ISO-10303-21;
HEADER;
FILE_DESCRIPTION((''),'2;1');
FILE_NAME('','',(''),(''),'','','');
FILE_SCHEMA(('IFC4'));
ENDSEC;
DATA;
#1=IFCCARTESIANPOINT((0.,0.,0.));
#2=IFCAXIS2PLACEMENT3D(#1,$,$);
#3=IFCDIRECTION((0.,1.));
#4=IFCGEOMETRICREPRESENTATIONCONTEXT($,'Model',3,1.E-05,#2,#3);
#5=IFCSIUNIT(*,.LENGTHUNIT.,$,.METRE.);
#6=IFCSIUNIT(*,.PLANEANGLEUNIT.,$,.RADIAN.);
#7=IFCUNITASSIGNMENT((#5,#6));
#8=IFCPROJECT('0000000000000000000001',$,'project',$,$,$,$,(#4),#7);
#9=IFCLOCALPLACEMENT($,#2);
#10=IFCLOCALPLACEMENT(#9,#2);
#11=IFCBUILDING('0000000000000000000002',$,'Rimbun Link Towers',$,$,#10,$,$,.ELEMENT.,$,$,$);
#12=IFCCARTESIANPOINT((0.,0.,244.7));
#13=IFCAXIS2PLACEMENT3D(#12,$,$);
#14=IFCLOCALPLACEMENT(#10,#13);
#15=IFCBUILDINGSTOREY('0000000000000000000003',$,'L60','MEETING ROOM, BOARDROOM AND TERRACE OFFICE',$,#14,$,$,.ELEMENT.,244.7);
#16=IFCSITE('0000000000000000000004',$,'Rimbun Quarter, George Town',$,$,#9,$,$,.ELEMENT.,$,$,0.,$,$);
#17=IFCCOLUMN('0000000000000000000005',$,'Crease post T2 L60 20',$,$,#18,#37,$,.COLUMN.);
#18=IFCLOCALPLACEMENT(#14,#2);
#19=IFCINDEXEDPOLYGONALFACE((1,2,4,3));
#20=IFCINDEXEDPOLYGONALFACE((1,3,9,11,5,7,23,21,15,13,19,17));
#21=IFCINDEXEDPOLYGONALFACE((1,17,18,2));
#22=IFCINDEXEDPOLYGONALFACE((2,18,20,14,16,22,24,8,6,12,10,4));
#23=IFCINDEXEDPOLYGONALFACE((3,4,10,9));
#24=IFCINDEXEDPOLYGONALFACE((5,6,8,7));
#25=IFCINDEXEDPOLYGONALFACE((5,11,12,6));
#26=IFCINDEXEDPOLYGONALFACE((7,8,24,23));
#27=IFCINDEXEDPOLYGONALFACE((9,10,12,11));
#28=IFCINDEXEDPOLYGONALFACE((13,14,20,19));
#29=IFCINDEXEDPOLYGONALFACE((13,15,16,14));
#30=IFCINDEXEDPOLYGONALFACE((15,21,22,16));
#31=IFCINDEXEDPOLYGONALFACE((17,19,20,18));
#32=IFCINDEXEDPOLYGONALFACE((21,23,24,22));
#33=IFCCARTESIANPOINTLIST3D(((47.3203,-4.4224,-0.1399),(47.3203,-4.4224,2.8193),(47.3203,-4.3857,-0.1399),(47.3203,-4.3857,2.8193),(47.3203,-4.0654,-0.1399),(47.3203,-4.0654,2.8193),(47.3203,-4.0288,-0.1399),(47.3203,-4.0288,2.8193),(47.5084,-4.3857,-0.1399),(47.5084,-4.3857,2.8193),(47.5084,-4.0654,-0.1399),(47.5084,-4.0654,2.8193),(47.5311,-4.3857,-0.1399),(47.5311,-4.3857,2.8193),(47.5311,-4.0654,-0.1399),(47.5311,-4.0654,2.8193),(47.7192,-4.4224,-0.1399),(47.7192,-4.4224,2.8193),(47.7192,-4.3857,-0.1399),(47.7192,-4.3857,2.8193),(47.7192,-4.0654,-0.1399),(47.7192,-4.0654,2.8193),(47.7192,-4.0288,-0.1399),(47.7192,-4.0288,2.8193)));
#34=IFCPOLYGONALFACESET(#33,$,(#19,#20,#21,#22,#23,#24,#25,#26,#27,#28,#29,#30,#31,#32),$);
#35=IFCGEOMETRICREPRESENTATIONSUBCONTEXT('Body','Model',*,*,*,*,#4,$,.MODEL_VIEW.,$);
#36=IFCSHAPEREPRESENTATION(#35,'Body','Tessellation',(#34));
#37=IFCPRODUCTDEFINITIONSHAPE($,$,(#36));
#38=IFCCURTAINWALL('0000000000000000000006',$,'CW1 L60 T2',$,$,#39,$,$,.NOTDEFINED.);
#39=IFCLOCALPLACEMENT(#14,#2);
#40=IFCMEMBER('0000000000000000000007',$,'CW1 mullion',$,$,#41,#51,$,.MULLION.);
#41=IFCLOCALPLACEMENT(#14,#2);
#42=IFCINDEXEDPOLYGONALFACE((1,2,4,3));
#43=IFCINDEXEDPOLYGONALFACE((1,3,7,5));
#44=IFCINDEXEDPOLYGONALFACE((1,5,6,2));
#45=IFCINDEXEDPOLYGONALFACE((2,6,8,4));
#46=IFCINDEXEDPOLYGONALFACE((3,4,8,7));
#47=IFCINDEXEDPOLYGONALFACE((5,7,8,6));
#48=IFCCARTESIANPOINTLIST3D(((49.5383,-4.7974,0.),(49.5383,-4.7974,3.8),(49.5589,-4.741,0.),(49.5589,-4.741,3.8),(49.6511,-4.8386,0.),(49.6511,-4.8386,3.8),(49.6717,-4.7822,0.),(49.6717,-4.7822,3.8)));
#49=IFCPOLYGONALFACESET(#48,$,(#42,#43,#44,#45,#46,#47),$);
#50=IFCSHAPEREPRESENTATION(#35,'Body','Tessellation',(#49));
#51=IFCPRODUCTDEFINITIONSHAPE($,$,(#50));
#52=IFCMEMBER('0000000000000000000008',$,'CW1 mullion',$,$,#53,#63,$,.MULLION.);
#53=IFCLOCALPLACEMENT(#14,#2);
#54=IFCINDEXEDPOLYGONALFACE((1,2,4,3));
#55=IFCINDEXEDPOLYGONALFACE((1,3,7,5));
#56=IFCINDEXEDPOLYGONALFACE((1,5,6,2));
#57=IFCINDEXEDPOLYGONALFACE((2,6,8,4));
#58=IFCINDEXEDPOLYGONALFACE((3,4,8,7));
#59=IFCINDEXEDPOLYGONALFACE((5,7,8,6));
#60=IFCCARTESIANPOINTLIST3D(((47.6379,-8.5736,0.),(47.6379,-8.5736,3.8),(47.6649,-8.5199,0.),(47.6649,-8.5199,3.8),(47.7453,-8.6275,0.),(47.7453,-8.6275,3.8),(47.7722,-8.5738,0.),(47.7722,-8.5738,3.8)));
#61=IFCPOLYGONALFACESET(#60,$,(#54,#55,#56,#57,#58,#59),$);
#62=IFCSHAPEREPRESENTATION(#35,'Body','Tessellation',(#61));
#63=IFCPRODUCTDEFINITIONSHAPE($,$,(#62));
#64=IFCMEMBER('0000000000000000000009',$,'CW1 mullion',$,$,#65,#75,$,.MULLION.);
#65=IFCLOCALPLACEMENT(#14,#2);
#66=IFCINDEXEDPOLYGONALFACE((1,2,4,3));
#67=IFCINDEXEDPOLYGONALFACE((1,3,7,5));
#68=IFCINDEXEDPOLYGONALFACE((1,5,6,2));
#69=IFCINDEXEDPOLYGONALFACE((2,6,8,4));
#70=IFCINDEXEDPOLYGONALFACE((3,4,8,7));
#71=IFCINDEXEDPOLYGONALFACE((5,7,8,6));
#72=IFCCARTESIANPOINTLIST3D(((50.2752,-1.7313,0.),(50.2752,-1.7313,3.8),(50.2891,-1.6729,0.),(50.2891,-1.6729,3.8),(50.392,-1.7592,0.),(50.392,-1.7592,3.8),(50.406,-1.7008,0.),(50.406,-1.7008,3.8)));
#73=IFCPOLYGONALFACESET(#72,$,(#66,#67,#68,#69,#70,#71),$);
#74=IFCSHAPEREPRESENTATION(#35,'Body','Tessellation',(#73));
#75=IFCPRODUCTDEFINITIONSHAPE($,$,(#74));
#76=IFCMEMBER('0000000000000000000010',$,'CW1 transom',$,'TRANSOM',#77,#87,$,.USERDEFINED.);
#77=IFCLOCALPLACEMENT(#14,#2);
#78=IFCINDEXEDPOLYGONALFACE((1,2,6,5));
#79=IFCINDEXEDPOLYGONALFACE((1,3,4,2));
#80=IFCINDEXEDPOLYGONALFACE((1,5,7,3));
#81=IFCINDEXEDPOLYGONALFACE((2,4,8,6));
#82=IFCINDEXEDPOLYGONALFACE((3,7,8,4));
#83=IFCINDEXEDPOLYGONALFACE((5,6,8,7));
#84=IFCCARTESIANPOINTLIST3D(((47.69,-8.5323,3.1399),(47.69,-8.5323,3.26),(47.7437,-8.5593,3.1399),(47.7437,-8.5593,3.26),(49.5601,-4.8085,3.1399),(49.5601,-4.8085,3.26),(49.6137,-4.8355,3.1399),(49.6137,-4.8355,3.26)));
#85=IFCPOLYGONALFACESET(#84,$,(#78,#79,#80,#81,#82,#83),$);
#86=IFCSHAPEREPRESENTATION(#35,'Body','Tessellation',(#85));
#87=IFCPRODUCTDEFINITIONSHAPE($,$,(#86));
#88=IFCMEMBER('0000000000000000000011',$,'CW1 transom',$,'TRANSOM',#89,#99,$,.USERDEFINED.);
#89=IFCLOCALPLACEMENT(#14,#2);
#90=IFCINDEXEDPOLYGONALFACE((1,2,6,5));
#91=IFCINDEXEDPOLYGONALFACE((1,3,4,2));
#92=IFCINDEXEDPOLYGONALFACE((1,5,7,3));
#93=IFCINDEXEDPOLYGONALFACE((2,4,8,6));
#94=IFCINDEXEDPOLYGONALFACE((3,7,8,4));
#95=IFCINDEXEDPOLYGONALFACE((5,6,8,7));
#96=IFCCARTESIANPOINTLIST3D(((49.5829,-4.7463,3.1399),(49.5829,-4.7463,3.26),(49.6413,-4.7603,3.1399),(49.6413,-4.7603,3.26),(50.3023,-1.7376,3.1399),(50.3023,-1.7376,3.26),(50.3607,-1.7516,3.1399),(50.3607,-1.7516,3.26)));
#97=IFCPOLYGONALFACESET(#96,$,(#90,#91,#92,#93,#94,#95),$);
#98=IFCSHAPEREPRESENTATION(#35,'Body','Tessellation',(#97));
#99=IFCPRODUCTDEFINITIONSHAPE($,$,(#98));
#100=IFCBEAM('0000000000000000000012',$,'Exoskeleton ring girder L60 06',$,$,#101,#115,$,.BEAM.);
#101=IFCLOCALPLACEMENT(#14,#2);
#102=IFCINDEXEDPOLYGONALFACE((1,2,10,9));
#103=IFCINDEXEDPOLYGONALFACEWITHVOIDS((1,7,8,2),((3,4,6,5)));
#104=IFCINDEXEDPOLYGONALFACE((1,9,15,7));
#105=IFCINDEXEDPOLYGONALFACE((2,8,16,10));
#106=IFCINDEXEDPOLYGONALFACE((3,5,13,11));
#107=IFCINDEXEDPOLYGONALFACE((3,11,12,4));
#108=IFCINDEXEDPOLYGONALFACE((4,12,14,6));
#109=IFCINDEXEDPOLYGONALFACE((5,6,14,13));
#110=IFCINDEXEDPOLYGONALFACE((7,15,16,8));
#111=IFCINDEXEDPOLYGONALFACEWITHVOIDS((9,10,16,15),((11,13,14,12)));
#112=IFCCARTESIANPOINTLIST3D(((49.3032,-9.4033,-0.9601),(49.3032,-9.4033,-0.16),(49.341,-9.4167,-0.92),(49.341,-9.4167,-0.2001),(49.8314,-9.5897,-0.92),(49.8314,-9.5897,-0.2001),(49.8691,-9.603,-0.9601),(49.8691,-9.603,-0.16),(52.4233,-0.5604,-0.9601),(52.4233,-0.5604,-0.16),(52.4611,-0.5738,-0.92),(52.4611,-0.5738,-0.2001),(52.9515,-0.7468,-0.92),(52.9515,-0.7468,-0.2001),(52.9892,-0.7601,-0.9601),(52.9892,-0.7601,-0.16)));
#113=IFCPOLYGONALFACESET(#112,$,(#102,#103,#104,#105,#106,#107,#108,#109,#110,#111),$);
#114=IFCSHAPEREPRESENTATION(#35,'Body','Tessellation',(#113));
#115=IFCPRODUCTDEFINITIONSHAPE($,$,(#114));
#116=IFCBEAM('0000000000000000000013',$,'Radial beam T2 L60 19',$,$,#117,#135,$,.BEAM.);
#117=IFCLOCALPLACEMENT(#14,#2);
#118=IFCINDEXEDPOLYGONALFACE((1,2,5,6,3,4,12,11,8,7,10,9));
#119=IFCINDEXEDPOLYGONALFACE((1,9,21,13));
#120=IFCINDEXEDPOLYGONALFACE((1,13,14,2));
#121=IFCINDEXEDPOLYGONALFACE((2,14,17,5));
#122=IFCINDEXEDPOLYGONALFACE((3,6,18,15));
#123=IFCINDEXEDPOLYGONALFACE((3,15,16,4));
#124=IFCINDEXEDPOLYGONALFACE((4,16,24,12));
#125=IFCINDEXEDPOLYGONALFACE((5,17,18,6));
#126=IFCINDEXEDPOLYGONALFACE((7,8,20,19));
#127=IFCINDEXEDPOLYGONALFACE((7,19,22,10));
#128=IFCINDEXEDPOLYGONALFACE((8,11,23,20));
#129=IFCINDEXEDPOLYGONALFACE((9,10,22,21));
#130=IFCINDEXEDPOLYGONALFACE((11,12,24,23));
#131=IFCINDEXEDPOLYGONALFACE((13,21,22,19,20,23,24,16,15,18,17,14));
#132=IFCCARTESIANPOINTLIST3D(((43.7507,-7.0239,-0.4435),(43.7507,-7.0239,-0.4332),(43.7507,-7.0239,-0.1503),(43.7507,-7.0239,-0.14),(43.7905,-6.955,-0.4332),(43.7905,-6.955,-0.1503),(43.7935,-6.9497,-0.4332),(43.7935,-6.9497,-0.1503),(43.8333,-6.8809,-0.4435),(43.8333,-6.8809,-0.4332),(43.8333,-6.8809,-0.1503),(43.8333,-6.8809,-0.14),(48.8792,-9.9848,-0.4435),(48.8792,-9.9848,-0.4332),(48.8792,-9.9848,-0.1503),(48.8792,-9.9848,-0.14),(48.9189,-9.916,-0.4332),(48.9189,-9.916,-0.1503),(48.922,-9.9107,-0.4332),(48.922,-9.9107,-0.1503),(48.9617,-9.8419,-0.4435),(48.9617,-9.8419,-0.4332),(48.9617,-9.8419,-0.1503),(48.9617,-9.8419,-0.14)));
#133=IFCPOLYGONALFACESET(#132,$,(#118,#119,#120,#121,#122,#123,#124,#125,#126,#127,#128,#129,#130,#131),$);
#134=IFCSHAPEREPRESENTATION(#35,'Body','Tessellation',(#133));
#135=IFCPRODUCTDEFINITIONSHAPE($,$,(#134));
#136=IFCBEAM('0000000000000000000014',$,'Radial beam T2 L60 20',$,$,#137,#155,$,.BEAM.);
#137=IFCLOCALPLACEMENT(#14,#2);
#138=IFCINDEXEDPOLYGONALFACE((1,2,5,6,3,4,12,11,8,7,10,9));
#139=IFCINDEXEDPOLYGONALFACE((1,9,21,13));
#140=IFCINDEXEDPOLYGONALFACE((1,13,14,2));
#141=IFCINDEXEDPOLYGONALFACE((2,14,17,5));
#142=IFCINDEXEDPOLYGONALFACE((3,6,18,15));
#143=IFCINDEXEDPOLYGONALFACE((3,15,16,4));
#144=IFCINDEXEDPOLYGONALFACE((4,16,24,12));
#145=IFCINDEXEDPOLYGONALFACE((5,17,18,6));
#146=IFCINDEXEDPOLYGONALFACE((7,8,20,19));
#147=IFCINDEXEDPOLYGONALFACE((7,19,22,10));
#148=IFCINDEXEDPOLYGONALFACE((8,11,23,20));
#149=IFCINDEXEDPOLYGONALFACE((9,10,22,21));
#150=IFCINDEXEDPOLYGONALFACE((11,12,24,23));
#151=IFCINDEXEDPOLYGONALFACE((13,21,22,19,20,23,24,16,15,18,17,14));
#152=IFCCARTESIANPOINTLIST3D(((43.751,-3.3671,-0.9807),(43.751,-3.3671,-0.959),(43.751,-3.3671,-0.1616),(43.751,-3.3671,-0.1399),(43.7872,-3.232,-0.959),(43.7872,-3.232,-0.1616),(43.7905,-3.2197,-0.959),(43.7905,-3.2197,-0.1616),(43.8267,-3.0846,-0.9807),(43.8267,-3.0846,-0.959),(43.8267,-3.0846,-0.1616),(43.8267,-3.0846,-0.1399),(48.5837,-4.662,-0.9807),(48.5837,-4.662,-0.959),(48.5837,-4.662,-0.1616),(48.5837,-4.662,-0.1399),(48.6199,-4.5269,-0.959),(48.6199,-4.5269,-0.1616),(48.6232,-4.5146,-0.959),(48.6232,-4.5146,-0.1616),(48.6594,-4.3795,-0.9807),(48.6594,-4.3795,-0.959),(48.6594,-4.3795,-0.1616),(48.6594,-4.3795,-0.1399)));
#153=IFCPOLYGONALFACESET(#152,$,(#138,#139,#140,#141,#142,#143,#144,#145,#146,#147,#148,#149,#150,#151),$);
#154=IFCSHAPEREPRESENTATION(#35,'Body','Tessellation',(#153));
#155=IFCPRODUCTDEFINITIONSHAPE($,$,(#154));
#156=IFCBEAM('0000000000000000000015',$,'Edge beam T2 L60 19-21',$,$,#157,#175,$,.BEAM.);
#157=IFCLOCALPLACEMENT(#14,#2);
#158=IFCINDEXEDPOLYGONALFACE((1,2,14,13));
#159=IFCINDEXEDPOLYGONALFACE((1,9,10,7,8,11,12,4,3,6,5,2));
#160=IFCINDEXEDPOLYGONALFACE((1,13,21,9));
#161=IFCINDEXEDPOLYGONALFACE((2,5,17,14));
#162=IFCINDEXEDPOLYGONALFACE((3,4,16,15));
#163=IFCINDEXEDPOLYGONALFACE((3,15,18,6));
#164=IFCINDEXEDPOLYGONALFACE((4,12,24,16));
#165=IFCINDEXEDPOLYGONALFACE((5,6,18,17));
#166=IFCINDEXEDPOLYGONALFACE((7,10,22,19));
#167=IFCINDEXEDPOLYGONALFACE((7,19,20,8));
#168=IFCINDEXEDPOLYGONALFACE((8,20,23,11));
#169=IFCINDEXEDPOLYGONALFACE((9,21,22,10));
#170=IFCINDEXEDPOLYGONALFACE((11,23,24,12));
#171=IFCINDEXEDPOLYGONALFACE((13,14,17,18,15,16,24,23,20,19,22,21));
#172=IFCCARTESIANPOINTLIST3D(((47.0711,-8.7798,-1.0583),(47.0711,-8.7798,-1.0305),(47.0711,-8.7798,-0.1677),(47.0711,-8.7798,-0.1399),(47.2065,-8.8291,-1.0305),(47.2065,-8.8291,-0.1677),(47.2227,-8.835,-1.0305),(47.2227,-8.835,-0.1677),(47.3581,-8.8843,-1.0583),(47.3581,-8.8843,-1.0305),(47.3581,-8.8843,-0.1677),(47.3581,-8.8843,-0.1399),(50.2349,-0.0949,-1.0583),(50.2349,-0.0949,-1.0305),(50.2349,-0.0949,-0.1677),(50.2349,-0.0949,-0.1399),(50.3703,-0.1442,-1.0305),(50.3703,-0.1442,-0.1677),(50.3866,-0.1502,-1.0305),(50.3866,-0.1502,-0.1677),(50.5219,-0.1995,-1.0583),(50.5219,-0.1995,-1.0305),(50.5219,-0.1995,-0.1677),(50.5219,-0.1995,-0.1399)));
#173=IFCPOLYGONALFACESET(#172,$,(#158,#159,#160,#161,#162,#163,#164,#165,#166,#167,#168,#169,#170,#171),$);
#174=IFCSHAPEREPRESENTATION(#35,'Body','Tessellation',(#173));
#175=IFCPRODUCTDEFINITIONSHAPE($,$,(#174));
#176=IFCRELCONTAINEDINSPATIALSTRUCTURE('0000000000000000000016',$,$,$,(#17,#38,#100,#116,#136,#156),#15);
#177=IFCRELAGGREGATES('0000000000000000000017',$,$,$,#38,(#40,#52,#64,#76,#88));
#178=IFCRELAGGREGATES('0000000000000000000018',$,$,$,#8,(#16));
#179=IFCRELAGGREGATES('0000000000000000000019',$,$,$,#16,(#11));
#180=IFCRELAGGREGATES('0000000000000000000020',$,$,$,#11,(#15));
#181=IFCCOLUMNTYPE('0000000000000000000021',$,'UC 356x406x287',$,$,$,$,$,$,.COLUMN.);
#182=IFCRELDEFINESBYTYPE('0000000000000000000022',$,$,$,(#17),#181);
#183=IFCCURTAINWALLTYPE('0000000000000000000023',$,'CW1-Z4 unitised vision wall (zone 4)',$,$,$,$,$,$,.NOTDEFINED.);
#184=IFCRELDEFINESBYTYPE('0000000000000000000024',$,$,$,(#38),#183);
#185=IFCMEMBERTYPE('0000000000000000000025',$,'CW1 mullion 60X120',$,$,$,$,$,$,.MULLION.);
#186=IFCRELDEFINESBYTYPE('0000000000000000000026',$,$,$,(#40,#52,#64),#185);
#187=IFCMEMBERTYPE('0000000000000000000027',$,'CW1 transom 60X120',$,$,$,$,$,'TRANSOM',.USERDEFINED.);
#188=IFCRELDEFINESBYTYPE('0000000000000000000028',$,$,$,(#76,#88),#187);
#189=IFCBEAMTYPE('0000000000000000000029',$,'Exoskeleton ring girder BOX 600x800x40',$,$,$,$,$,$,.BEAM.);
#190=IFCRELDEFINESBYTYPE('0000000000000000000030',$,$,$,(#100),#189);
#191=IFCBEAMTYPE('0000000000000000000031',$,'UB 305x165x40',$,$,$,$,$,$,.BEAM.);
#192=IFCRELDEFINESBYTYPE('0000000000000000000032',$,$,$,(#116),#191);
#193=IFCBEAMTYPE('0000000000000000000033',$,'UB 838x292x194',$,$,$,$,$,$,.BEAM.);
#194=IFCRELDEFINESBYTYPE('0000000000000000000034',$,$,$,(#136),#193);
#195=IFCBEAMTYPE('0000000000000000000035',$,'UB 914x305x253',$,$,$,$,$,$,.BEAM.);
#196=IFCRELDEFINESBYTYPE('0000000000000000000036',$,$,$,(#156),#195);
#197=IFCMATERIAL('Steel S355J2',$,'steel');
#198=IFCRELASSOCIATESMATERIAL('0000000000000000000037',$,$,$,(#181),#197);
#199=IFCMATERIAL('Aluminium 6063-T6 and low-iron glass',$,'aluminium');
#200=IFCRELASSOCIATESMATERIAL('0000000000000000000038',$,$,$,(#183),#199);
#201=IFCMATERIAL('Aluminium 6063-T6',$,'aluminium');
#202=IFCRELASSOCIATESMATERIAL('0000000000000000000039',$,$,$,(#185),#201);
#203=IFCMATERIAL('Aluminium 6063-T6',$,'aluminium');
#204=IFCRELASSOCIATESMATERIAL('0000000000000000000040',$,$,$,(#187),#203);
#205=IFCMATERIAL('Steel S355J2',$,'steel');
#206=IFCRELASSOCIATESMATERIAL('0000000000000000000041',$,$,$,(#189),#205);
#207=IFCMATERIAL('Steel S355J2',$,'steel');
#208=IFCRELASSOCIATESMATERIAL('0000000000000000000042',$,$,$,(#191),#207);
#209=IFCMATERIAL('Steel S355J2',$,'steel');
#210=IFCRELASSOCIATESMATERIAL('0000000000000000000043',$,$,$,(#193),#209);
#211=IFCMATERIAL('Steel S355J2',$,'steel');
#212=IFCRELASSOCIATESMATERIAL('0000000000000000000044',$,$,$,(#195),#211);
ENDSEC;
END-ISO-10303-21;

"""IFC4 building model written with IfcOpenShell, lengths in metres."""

from ifc_helpers import new_model, si_unit, direction, frame, origin, origin_2d, place, context, subcontext, project, spatial, rectangle, hollow_rectangle, i_section, extrude, material, material_profile, profile_set, type_object, element, aggregate, save


model = new_model("IFC4")

# Units and contexts
model_context = context("Model", 3, precision=1e-05, world=origin(), true_north=direction((0.0, 1.0)))
body_context = subcontext(model_context, "Body", "Model", "MODEL_VIEW")
ifc_project = project(units=[si_unit("LENGTHUNIT", "METRE"), si_unit("PLANEANGLEUNIT", "RADIAN")], contexts=[model_context])

# Site, building, storey
site_placement = place(None, origin())
site = spatial("IfcSite", under=ifc_project, at=site_placement, Name="Rimbun Quarter, George Town", CompositionType="ELEMENT", RefElevation=0.0)
building_placement = place(site_placement, origin())
building = spatial("IfcBuilding", under=site, at=building_placement, Name="Rimbun Link Towers", CompositionType="ELEMENT")
storey_placement = place(building_placement, frame((0.0, 0.0, 244.7)))
storey = spatial("IfcBuildingStorey", under=building, at=storey_placement, Name="L60", Description="MEETING ROOM, BOARDROOM AND TERRACE OFFICE", CompositionType="ELEMENT", Elevation=244.7)

# Column
ifc_material_1 = material(Name="Steel S355J2", Category="steel")
ifc_material_profile_1 = material_profile(ifc_material_1, i_section(OverallWidth=0.3989, OverallDepth=0.3936, WebThickness=0.0227, FlangeThickness=0.0366, at=origin_2d()), Name="UC 356x406x287")
ifc_profile_set_1 = profile_set([ifc_material_profile_1], Name="Steel S355J2")
column_type = type_object("IfcColumnType", Name="UC 356x406x287", PredefinedType="COLUMN", material=ifc_profile_set_1)
column_placement = place(storey_placement, frame((47.5198, -4.2256, -0.1399), z_axis=(0.0, 0.0, 1.0), x_axis=(1.0, 0.0, 0.0)))
element("IfcColumn", 1, at=column_placement, inside=storey, type_object=column_type, Name="Crease post T2 L60 20", PredefinedType="COLUMN", context=body_context, shape_type="SweptSolid", body=[
    extrude(i_section(OverallWidth=0.3989, OverallDepth=0.3936, WebThickness=0.0227, FlangeThickness=0.0366, at=origin_2d()), origin(), (0.0, 0.0, 1.0), 2.9592),
])

# Curtain wall, members
ifc_material_2 = material(Name="Aluminium 6063-T6 and low-iron glass", Category="aluminium")
curtain_wall_type = type_object("IfcCurtainWallType", Name="CW1-Z4 unitised vision wall (zone 4)", PredefinedType="NOTDEFINED", material=ifc_material_2)
curtain_wall_placement = place(storey_placement, origin())
curtain_wall = element("IfcCurtainWall", 2, at=curtain_wall_placement, inside=storey, type_object=curtain_wall_type, Name="CW1 L60 T2", PredefinedType="NOTDEFINED")
ifc_material_3 = material(Name="Aluminium 6063-T6", Category="aluminium")
ifc_material_profile_2 = material_profile(ifc_material_3, rectangle(XDim=0.1201, YDim=0.0601, at=origin_2d()), Name="MULLION 60X120")
ifc_profile_set_2 = profile_set([ifc_material_profile_2], Name="Aluminium 6063-T6")
member_type_1 = type_object("IfcMemberType", Name="CW1 mullion 60X120", PredefinedType="MULLION", material=ifc_profile_set_2)
member_1_placement = place(storey_placement, frame((49.605, -4.7898, 0.0), z_axis=(0.0, 0.0, 1.0), x_axis=(0.939348, -0.342965, 0.0)))
member_1 = element("IfcMember", 3, at=member_1_placement, type_object=member_type_1, Name="CW1 mullion", PredefinedType="MULLION", context=body_context, shape_type="SweptSolid", body=[
    extrude(rectangle(XDim=0.1201, YDim=0.0601, at=origin_2d()), origin(), (0.0, 0.0, 1.0), 3.8),
])
member_2_placement = place(storey_placement, frame((47.7051, -8.5737, 0.0), z_axis=(0.0, 0.0, 1.0), x_axis=(0.893647, -0.44877, 0.0)))
member_2 = element("IfcMember", 4, at=member_2_placement, type_object=member_type_1, Name="CW1 mullion", PredefinedType="MULLION", context=body_context, shape_type="SweptSolid", body=[
    extrude(rectangle(XDim=0.1201, YDim=0.0601, at=origin_2d()), origin(), (0.0, 0.0, 1.0), 3.8),
])
member_3_placement = place(storey_placement, frame((50.3406, -1.7161, 0.0), z_axis=(0.0, 0.0, 1.0), x_axis=(0.972571, -0.232605, 0.0)))
member_3 = element("IfcMember", 5, at=member_3_placement, type_object=member_type_1, Name="CW1 mullion", PredefinedType="MULLION", context=body_context, shape_type="SweptSolid", body=[
    extrude(rectangle(XDim=0.1201, YDim=0.0601, at=origin_2d()), origin(), (0.0, 0.0, 1.0), 3.8),
])
ifc_material_4 = material(Name="Aluminium 6063-T6", Category="aluminium")
ifc_material_profile_3 = material_profile(ifc_material_4, rectangle(XDim=0.0601, YDim=0.1201, at=origin_2d()), Name="TRANSOM 60X120")
ifc_profile_set_3 = profile_set([ifc_material_profile_3], Name="Aluminium 6063-T6")
member_type_2 = type_object("IfcMemberType", Name="CW1 transom 60X120", ElementType="TRANSOM", PredefinedType="USERDEFINED", material=ifc_profile_set_3)
member_4_placement = place(storey_placement, frame((49.5869, -4.822, 3.2), z_axis=(-0.448783, -0.893641, 0.0), x_axis=(0.893641, -0.448783, 0.0)))
member_4 = element("IfcMember", 6, at=member_4_placement, type_object=member_type_2, Name="CW1 transom", ObjectType="TRANSOM", PredefinedType="USERDEFINED", context=body_context, shape_type="SweptSolid", body=[
    extrude(rectangle(XDim=0.0601, YDim=0.1201, at=origin_2d()), origin(), (0.0, 0.0, 1.0), 4.167),
])
member_5_placement = place(storey_placement, frame((50.3315, -1.7446, 3.2), z_axis=(-0.23257, -0.97258, 0.0), x_axis=(0.97258, -0.23257, 0.0)))
member_5 = element("IfcMember", 7, at=member_5_placement, type_object=member_type_2, Name="CW1 transom", ObjectType="TRANSOM", PredefinedType="USERDEFINED", context=body_context, shape_type="SweptSolid", body=[
    extrude(rectangle(XDim=0.0601, YDim=0.1201, at=origin_2d()), origin(), (0.0, 0.0, 1.0), 3.0935),
])

# Beams
ifc_material_5 = material(Name="Steel S355J2", Category="steel")
ifc_material_profile_4 = material_profile(ifc_material_5, hollow_rectangle(XDim=0.6001, YDim=0.8, WallThickness=0.04, at=origin_2d()), Name="Exoskeleton ring girder BOX 600x800x40")
ifc_profile_set_4 = profile_set([ifc_material_profile_4], Name="Steel S355J2")
beam_type_1 = type_object("IfcBeamType", Name="Exoskeleton ring girder BOX 600x800x40", PredefinedType="BEAM", material=ifc_profile_set_4)
beam_1_placement = place(storey_placement, frame((49.5862, -9.5032, -0.5601), z_axis=(0.33273, 0.943022, 0.0), x_axis=(-0.943022, 0.33273, 0.0)))
element("IfcBeam", 8, at=beam_1_placement, inside=storey, type_object=beam_type_1, Name="Exoskeleton ring girder L60 06", PredefinedType="BEAM", context=body_context, shape_type="SweptSolid", body=[
    extrude(hollow_rectangle(XDim=0.6001, YDim=0.8, WallThickness=0.04, at=origin_2d()), origin(), (0.0, 0.0, 1.0), 9.3772),
])
ifc_material_6 = material(Name="Steel S355J2", Category="steel")
ifc_material_profile_5 = material_profile(ifc_material_6, i_section(OverallWidth=0.165, OverallDepth=0.3035, WebThickness=0.0061, FlangeThickness=0.0103, at=origin_2d()), Name="UB 305x165x40")
ifc_profile_set_5 = profile_set([ifc_material_profile_5], Name="Steel S355J2")
beam_type_2 = type_object("IfcBeamType", Name="UB 305x165x40", PredefinedType="BEAM", material=ifc_profile_set_5)
beam_2_placement = place(storey_placement, frame((43.792, -6.9524, -0.2917), z_axis=(0.866022, -0.500006, 0.0), x_axis=(0.500006, 0.866022, 0.0)))
element("IfcBeam", 9, at=beam_2_placement, inside=storey, type_object=beam_type_2, Name="Radial beam T2 L60 19", PredefinedType="BEAM", context=body_context, shape_type="SweptSolid", body=[
    extrude(i_section(OverallWidth=0.165, OverallDepth=0.3035, WebThickness=0.0061, FlangeThickness=0.0103, at=origin_2d()), origin(), (0.0, 0.0, 1.0), 5.9219),
])
ifc_material_7 = material(Name="Steel S355J2", Category="steel")
ifc_material_profile_6 = material_profile(ifc_material_7, i_section(OverallWidth=0.2925, OverallDepth=0.8408, WebThickness=0.0127, FlangeThickness=0.0217, at=origin_2d()), Name="UB 838x292x194")
ifc_profile_set_6 = profile_set([ifc_material_profile_6], Name="Steel S355J2")
beam_type_3 = type_object("IfcBeamType", Name="UB 838x292x194", PredefinedType="BEAM", material=ifc_profile_set_6)
beam_3_placement = place(storey_placement, frame((43.7888, -3.2258, -0.5603), z_axis=(0.965926, -0.258817, 0.0), x_axis=(0.258817, 0.965926, 0.0)))
element("IfcBeam", 10, at=beam_3_placement, inside=storey, type_object=beam_type_3, Name="Radial beam T2 L60 20", PredefinedType="BEAM", context=body_context, shape_type="SweptSolid", body=[
    extrude(i_section(OverallWidth=0.2925, OverallDepth=0.8408, WebThickness=0.0127, FlangeThickness=0.0217, at=origin_2d()), origin(), (0.0, 0.0, 1.0), 5.0032),
])
ifc_material_8 = material(Name="Steel S355J2", Category="steel")
ifc_material_profile_7 = material_profile(ifc_material_8, i_section(OverallWidth=0.3054, OverallDepth=0.9185, WebThickness=0.0173, FlangeThickness=0.0278, at=origin_2d()), Name="UB 914x305x253")
ifc_profile_set_7 = profile_set([ifc_material_profile_7], Name="Steel S355J2")
beam_type_4 = type_object("IfcBeamType", Name="UB 914x305x253", PredefinedType="BEAM", material=ifc_profile_set_7)
beam_4_placement = place(storey_placement, frame((47.2146, -8.832, -0.5991), z_axis=(0.342288, 0.939595, 0.0), x_axis=(-0.939595, 0.342288, 0.0)))
element("IfcBeam", 11, at=beam_4_placement, inside=storey, type_object=beam_type_4, Name="Edge beam T2 L60 19-21", PredefinedType="BEAM", context=body_context, shape_type="SweptSolid", body=[
    extrude(i_section(OverallWidth=0.3054, OverallDepth=0.9185, WebThickness=0.0173, FlangeThickness=0.0278, at=origin_2d()), origin(), (0.0, 0.0, 1.0), 9.2432),
])

aggregate(curtain_wall, [member_1, member_2, member_3, member_4, member_5])

save(model, "model.ifc")
